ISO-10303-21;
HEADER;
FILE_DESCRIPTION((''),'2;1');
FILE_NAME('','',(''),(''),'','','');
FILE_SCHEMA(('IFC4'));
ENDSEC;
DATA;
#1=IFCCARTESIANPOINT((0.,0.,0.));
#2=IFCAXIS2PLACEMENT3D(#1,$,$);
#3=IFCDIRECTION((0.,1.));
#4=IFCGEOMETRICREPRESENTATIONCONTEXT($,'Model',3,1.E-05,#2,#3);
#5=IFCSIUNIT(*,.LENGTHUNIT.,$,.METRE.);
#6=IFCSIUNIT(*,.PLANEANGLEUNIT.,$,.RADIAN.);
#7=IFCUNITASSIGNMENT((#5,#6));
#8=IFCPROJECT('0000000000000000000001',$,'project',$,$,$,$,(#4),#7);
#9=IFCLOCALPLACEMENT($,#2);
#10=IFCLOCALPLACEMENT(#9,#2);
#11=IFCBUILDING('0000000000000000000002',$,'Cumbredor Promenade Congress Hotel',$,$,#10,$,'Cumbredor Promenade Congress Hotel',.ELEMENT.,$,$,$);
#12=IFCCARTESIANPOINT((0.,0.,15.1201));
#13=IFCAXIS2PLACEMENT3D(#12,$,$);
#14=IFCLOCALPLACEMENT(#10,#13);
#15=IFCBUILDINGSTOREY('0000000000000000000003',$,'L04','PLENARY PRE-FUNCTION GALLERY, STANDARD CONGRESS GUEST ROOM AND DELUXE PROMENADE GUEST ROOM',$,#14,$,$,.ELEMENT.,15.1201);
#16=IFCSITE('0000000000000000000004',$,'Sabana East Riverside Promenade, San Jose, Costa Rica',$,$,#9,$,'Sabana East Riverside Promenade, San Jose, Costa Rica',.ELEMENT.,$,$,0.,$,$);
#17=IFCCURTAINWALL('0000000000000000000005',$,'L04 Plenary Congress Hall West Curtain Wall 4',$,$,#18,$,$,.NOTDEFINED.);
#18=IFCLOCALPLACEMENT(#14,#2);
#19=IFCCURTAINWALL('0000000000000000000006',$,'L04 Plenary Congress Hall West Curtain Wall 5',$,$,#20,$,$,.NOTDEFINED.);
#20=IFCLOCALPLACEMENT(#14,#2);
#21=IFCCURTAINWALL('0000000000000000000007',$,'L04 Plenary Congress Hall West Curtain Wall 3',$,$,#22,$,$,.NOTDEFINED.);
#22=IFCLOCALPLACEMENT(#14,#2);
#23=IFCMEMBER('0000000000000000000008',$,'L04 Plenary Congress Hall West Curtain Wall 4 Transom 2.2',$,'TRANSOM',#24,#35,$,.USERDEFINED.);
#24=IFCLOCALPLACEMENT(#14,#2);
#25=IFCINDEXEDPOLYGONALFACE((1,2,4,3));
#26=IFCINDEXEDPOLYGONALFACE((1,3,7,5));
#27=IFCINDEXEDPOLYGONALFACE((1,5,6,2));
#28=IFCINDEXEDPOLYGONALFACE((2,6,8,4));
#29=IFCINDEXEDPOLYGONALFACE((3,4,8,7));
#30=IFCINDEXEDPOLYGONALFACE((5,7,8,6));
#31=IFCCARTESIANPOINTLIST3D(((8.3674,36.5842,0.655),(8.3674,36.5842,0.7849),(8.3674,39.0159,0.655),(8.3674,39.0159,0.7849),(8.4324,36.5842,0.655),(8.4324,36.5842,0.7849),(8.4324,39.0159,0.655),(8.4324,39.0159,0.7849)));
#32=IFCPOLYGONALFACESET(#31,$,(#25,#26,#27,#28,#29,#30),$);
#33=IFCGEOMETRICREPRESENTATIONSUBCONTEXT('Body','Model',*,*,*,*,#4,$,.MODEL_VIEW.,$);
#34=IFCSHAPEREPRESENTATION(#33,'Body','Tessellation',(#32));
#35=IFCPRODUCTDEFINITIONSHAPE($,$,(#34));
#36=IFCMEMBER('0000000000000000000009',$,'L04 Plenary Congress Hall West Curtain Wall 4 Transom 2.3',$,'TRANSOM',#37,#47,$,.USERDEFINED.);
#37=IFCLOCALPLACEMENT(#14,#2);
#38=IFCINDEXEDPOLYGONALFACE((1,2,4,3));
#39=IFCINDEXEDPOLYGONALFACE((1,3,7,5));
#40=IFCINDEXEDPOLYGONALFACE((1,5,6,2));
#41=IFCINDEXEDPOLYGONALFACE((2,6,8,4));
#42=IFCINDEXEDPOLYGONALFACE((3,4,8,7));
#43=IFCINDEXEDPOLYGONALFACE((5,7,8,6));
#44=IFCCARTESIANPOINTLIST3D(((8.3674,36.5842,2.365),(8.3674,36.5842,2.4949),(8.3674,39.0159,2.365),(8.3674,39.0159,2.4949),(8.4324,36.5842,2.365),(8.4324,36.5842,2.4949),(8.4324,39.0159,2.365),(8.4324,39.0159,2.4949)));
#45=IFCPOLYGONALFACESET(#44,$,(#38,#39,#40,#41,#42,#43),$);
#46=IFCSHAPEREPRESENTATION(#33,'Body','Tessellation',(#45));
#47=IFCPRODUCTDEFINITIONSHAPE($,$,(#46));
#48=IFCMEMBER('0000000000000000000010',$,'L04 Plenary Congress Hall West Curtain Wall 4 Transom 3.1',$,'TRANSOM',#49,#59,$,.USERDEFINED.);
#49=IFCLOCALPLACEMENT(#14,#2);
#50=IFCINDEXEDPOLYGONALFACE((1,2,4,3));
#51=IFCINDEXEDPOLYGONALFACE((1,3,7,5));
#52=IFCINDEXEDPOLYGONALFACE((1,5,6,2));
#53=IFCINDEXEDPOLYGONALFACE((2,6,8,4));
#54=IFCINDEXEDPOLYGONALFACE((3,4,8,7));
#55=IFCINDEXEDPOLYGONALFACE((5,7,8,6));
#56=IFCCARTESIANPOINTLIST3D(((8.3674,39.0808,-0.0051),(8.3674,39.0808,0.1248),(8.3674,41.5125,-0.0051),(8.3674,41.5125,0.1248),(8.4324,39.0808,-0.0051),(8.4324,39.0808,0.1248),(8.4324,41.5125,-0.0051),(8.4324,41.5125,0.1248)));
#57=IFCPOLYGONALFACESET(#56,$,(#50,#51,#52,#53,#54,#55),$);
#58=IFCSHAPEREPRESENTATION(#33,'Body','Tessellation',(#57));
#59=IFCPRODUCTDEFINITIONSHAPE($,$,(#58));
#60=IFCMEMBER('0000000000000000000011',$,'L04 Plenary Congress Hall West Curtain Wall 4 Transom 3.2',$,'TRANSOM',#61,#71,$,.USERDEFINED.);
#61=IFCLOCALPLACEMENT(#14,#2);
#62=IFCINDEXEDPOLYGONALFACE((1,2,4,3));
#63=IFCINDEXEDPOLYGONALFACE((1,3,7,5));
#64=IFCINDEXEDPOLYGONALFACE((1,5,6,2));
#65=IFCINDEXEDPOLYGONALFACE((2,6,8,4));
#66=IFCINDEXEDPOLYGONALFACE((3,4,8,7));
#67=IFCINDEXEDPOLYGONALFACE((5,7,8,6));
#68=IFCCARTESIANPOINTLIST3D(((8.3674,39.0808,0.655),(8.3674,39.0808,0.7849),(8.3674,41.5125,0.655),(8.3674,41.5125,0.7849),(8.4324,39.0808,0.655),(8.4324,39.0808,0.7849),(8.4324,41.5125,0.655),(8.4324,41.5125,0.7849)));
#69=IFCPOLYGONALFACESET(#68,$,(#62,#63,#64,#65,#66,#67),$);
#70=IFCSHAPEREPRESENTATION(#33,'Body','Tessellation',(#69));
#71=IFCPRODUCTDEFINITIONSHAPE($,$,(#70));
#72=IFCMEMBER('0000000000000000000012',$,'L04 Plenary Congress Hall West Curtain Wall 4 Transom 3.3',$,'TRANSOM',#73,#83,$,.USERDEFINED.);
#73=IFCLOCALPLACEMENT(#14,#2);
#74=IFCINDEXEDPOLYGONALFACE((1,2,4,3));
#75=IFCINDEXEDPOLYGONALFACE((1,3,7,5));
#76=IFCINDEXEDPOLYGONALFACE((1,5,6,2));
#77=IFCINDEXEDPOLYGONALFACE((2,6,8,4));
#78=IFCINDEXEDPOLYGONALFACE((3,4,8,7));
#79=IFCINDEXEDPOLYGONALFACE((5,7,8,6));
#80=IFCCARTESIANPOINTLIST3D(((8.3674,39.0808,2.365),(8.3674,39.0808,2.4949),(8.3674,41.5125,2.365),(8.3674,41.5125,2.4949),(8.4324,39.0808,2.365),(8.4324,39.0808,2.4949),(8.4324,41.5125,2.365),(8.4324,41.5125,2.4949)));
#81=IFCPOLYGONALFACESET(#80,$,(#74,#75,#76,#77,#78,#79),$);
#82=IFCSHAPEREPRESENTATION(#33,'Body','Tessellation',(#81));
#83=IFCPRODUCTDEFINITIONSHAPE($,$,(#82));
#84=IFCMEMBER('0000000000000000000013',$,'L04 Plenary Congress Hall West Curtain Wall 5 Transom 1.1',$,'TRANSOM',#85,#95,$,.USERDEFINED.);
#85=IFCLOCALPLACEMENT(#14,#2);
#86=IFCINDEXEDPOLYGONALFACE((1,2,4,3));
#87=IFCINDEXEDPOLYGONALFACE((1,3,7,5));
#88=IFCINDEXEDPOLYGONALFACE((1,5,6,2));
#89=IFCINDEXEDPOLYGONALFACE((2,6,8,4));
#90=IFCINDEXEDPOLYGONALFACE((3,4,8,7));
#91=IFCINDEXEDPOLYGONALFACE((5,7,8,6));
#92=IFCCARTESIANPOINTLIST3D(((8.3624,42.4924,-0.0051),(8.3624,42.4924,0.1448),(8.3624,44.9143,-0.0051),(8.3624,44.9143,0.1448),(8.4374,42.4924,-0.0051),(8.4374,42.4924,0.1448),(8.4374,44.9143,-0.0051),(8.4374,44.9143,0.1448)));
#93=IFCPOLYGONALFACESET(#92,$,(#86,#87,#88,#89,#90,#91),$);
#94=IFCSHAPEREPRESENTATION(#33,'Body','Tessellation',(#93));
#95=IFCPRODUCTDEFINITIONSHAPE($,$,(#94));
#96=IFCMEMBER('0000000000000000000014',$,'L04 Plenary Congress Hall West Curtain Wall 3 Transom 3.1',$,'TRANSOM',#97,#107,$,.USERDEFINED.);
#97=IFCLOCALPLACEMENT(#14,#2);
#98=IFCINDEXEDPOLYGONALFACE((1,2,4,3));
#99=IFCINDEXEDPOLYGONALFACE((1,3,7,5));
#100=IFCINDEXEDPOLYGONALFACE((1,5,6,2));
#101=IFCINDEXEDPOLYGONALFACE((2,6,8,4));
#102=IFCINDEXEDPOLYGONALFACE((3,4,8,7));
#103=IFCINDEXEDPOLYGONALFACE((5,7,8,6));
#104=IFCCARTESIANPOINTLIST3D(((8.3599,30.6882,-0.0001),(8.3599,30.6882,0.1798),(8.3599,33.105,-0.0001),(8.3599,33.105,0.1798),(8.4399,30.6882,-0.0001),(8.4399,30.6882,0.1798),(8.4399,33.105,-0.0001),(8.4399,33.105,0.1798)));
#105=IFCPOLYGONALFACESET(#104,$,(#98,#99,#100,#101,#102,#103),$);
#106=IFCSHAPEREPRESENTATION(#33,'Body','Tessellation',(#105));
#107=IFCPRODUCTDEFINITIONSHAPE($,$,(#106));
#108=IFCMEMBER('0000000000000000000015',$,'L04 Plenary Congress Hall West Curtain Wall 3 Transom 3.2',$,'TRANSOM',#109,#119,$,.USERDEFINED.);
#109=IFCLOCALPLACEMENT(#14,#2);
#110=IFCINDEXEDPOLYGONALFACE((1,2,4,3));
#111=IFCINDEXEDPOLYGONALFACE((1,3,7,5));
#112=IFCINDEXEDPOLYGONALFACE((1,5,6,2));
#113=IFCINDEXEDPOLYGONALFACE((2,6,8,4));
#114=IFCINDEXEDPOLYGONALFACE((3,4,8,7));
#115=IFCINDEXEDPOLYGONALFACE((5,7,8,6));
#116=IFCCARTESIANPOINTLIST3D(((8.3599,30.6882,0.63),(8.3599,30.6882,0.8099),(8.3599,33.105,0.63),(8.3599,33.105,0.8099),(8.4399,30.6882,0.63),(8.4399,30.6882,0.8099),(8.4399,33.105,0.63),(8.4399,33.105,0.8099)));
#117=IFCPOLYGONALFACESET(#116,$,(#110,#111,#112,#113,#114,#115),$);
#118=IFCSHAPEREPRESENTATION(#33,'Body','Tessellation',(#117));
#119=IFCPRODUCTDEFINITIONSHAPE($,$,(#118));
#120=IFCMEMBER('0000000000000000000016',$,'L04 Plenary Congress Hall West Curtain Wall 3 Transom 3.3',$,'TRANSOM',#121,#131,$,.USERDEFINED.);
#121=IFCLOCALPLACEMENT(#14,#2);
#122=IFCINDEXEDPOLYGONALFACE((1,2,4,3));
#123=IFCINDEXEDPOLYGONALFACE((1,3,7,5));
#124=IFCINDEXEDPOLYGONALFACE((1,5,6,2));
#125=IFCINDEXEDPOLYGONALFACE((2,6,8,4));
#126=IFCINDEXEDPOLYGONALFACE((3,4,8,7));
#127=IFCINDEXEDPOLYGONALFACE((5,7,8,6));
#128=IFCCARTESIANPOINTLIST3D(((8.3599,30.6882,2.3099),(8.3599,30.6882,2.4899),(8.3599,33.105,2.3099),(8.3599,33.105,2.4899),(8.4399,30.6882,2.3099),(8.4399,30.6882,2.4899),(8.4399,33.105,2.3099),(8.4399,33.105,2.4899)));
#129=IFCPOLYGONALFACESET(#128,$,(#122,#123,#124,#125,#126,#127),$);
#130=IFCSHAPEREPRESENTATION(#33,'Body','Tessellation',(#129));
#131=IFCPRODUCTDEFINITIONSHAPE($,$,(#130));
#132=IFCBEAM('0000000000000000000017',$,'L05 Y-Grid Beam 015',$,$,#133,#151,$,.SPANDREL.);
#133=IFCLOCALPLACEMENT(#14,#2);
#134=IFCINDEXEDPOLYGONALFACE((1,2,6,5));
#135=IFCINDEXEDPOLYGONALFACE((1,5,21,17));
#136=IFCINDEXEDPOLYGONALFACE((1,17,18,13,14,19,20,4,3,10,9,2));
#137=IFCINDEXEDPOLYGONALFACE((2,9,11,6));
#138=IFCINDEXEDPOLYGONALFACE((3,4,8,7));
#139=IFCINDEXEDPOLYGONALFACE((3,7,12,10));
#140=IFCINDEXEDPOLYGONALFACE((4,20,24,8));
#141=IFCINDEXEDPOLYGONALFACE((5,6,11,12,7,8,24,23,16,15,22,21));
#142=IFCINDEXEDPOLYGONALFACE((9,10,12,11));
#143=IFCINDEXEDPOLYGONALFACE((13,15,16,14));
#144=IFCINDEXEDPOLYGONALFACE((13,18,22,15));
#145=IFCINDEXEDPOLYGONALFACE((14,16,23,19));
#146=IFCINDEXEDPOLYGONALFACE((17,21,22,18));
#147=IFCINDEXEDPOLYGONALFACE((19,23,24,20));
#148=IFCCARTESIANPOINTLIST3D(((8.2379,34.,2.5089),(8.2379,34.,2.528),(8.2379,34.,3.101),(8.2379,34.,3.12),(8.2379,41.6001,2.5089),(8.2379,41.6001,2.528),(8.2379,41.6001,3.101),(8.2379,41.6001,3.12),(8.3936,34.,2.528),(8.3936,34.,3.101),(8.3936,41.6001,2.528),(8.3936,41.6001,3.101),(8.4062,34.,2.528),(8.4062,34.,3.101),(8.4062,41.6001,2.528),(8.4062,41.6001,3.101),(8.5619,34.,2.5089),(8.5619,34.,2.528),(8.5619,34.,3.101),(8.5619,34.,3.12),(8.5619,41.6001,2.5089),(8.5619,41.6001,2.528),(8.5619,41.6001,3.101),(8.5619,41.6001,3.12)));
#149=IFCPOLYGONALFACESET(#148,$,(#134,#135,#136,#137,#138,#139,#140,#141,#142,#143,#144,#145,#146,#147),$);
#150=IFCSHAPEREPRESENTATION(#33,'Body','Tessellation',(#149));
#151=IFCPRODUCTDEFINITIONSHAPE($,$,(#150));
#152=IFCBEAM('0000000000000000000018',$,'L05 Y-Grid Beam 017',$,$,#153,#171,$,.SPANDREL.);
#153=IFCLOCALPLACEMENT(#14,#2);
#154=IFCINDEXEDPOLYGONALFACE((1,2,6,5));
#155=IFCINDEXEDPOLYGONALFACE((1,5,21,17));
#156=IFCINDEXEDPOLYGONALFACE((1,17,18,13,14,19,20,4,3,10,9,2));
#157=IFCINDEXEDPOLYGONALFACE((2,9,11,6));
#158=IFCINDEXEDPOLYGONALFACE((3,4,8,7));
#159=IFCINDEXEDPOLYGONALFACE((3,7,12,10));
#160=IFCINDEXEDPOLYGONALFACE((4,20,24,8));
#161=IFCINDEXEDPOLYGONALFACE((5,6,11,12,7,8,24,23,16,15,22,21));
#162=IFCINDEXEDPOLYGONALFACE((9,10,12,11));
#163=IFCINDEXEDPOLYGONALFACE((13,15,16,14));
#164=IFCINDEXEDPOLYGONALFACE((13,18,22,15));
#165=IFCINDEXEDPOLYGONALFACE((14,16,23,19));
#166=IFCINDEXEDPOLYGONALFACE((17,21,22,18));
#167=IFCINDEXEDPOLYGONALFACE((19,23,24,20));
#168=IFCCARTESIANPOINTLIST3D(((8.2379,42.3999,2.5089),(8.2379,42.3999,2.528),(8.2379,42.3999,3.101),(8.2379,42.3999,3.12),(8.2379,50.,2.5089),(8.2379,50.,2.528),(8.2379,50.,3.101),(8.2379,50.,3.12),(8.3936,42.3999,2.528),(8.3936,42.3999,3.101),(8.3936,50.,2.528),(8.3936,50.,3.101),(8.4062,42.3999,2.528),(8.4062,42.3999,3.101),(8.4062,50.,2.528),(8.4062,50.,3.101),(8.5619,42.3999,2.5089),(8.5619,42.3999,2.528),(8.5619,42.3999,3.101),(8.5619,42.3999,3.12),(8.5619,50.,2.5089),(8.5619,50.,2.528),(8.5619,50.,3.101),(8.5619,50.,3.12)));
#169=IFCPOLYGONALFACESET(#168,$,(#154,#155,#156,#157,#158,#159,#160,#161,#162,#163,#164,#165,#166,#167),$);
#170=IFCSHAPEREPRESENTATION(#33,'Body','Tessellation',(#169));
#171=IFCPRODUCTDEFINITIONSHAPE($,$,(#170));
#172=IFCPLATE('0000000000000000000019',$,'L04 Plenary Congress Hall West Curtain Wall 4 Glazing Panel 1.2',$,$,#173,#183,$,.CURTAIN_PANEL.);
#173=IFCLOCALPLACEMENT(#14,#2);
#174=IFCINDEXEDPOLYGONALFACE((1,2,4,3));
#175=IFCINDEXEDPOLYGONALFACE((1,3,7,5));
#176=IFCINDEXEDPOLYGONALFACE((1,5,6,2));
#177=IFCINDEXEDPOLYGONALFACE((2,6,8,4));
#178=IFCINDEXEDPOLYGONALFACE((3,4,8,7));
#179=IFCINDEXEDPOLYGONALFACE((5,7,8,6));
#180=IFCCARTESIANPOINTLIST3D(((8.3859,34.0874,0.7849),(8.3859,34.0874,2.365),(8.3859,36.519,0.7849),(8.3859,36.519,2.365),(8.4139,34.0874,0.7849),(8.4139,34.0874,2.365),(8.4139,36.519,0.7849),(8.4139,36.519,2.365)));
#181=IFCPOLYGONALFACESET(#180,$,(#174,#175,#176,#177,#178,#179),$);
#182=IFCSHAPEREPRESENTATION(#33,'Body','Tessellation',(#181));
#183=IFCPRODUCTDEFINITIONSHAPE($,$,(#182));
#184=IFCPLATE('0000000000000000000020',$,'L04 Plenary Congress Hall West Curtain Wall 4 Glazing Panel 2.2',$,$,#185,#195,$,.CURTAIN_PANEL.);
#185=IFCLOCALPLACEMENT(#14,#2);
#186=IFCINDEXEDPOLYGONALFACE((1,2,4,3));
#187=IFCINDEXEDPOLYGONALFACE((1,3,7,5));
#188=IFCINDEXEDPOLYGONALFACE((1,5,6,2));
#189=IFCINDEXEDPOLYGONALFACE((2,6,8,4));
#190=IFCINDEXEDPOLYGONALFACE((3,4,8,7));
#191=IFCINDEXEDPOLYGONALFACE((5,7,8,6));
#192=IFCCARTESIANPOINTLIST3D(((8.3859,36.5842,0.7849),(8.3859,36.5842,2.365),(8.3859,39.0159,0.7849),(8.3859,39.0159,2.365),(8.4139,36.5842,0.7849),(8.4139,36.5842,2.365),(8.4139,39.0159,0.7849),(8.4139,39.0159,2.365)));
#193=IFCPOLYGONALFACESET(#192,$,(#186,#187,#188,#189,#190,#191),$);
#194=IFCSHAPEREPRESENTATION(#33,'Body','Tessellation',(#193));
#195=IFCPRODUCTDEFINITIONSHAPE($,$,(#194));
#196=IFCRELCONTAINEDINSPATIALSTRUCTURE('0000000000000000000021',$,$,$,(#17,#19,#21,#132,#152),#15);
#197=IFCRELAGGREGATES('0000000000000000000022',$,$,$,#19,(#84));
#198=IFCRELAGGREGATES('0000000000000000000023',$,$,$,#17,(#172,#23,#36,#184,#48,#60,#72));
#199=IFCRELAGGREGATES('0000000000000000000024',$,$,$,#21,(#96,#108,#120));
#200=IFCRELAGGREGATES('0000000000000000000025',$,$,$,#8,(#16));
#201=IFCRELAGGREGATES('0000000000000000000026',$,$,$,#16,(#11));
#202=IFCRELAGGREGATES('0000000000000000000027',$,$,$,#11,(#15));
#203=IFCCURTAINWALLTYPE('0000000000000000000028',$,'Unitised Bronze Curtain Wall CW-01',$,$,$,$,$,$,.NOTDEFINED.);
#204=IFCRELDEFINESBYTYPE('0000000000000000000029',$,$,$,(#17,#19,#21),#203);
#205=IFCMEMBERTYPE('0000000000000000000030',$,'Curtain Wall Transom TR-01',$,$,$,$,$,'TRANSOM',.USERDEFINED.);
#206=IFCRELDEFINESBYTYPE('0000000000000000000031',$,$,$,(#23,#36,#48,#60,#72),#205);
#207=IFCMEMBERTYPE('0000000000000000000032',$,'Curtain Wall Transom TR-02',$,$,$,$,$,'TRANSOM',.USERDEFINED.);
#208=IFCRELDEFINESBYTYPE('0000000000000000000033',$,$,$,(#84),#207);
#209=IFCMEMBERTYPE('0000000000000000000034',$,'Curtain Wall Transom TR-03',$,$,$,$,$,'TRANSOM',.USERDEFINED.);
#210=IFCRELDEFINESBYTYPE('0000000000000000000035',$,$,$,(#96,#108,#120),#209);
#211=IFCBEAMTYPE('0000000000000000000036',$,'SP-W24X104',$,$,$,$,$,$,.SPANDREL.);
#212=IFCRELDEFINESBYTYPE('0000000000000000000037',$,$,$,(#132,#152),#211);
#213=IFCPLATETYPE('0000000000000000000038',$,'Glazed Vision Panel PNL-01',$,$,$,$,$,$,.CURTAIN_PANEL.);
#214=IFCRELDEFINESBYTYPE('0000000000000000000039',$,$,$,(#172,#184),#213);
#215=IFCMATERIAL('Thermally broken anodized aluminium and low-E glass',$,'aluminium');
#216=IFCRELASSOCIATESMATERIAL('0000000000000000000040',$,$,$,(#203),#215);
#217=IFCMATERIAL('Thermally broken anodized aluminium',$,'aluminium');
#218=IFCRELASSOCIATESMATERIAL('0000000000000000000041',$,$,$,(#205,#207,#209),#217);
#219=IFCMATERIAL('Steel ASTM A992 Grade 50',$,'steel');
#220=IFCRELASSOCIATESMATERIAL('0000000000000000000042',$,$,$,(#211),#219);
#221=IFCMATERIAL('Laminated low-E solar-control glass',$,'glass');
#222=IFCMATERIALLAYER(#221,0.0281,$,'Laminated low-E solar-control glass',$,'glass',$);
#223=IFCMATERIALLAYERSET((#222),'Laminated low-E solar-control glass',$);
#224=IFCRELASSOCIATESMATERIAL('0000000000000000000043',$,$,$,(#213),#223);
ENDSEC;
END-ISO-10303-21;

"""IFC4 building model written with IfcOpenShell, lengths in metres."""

from ifc_helpers import new_model, si_unit, direction, frame, origin, origin_2d, place, context, subcontext, project, spatial, rectangle, i_section, extrude, material, layer, layer_set, material_profile, profile_set, type_object, element, aggregate, save


model = new_model("IFC4")

# Units and contexts
model_context = context("Model", 3, precision=1e-05, world=origin(), true_north=direction((0.0, 1.0)))
body_context = subcontext(model_context, "Body", "Model", "MODEL_VIEW")
ifc_project = project(units=[si_unit("LENGTHUNIT", "METRE"), si_unit("PLANEANGLEUNIT", "RADIAN")], contexts=[model_context])

# Site, building, storey
site_placement = place(None, origin())
site = spatial("IfcSite", under=ifc_project, at=site_placement, Name="Sabana East Riverside Promenade, San Jose, Costa Rica", LongName="Sabana East Riverside Promenade, San Jose, Costa Rica", CompositionType="ELEMENT", RefElevation=0.0)
building_placement = place(site_placement, origin())
building = spatial("IfcBuilding", under=site, at=building_placement, Name="Cumbredor Promenade Congress Hotel", LongName="Cumbredor Promenade Congress Hotel", CompositionType="ELEMENT")
storey_placement = place(building_placement, frame((0.0, 0.0, 15.1201)))
storey = spatial("IfcBuildingStorey", under=building, at=storey_placement, Name="L04", Description="PLENARY PRE-FUNCTION GALLERY, STANDARD CONGRESS GUEST ROOM AND DELUXE PROMENADE GUEST ROOM", CompositionType="ELEMENT", Elevation=15.1201)

# Curtain wall
ifc_material_1 = material(Name="Thermally broken anodized aluminium and low-E glass", Category="aluminium")
curtain_wall_type = type_object("IfcCurtainWallType", Name="Unitised Bronze Curtain Wall CW-01", PredefinedType="NOTDEFINED", material=ifc_material_1)
curtain_wall_1_placement = place(storey_placement, origin())
curtain_wall_1 = element("IfcCurtainWall", 1, at=curtain_wall_1_placement, inside=storey, type_object=curtain_wall_type, Name="L04 Plenary Congress Hall West Curtain Wall 4", PredefinedType="NOTDEFINED")
ifc_material_2 = material(Name="Thermally broken anodized aluminium", Category="aluminium")

# Curtain wall
curtain_wall_2_placement = place(storey_placement, origin())
curtain_wall_2 = element("IfcCurtainWall", 2, at=curtain_wall_2_placement, inside=storey, type_object=curtain_wall_type, Name="L04 Plenary Congress Hall West Curtain Wall 5", PredefinedType="NOTDEFINED")

# Curtain wall
curtain_wall_3_placement = place(storey_placement, origin())
curtain_wall_3 = element("IfcCurtainWall", 3, at=curtain_wall_3_placement, inside=storey, type_object=curtain_wall_type, Name="L04 Plenary Congress Hall West Curtain Wall 3", PredefinedType="NOTDEFINED")

# Members
ifc_material_profile_1 = material_profile(ifc_material_2, rectangle(XDim=0.0649, YDim=0.1299, at=origin_2d()), Name="ALU TRANSOM 65x130")
ifc_profile_set_1 = profile_set([ifc_material_profile_1], Name="Thermally broken anodized aluminium")
member_type_1 = type_object("IfcMemberType", Name="Curtain Wall Transom TR-01", ElementType="TRANSOM", PredefinedType="USERDEFINED", material=ifc_profile_set_1)
member_1_placement = place(storey_placement, frame((8.3999, 36.5842, 0.72), z_axis=(0.0, 1.0, 0.0), x_axis=(-1.0, 0.0, 0.0)))
member_1 = element("IfcMember", 4, at=member_1_placement, type_object=member_type_1, Name="L04 Plenary Congress Hall West Curtain Wall 4 Transom 2.2", ObjectType="TRANSOM", PredefinedType="USERDEFINED", context=body_context, shape_type="SweptSolid", body=[
    extrude(rectangle(XDim=0.0649, YDim=0.1299, at=origin_2d()), origin(), (0.0, 0.0, 1.0), 2.4316),
])
member_2_placement = place(storey_placement, frame((8.3999, 36.5842, 2.4299), z_axis=(0.0, 1.0, 0.0), x_axis=(-1.0, 0.0, 0.0)))
member_2 = element("IfcMember", 5, at=member_2_placement, type_object=member_type_1, Name="L04 Plenary Congress Hall West Curtain Wall 4 Transom 2.3", ObjectType="TRANSOM", PredefinedType="USERDEFINED", context=body_context, shape_type="SweptSolid", body=[
    extrude(rectangle(XDim=0.0649, YDim=0.1299, at=origin_2d()), origin(), (0.0, 0.0, 1.0), 2.4316),
])
member_3_placement = place(storey_placement, frame((8.3999, 39.0808, 0.0598), z_axis=(0.0, 1.0, 0.0), x_axis=(-1.0, 0.0, 0.0)))
member_3 = element("IfcMember", 6, at=member_3_placement, type_object=member_type_1, Name="L04 Plenary Congress Hall West Curtain Wall 4 Transom 3.1", ObjectType="TRANSOM", PredefinedType="USERDEFINED", context=body_context, shape_type="SweptSolid", body=[
    extrude(rectangle(XDim=0.0649, YDim=0.1299, at=origin_2d()), origin(), (0.0, 0.0, 1.0), 2.4316),
])
member_4_placement = place(storey_placement, frame((8.3999, 39.0808, 0.72), z_axis=(0.0, 1.0, 0.0), x_axis=(-1.0, 0.0, 0.0)))
member_4 = element("IfcMember", 7, at=member_4_placement, type_object=member_type_1, Name="L04 Plenary Congress Hall West Curtain Wall 4 Transom 3.2", ObjectType="TRANSOM", PredefinedType="USERDEFINED", context=body_context, shape_type="SweptSolid", body=[
    extrude(rectangle(XDim=0.0649, YDim=0.1299, at=origin_2d()), origin(), (0.0, 0.0, 1.0), 2.4316),
])
member_5_placement = place(storey_placement, frame((8.3999, 39.0808, 2.4299), z_axis=(0.0, 1.0, 0.0), x_axis=(-1.0, 0.0, 0.0)))
member_5 = element("IfcMember", 8, at=member_5_placement, type_object=member_type_1, Name="L04 Plenary Congress Hall West Curtain Wall 4 Transom 3.3", ObjectType="TRANSOM", PredefinedType="USERDEFINED", context=body_context, shape_type="SweptSolid", body=[
    extrude(rectangle(XDim=0.0649, YDim=0.1299, at=origin_2d()), origin(), (0.0, 0.0, 1.0), 2.4316),
])
ifc_material_profile_2 = material_profile(ifc_material_2, rectangle(XDim=0.075, YDim=0.1499, at=origin_2d()), Name="ALU TRANSOM 75x150")
ifc_profile_set_2 = profile_set([ifc_material_profile_2], Name="Thermally broken anodized aluminium")
member_type_2 = type_object("IfcMemberType", Name="Curtain Wall Transom TR-02", ElementType="TRANSOM", PredefinedType="USERDEFINED", material=ifc_profile_set_2)
member_6_placement = place(storey_placement, frame((8.3999, 42.4924, 0.0698), z_axis=(0.0, 1.0, 0.0), x_axis=(-1.0, 0.0, 0.0)))
member_6 = element("IfcMember", 9, at=member_6_placement, type_object=member_type_2, Name="L04 Plenary Congress Hall West Curtain Wall 5 Transom 1.1", ObjectType="TRANSOM", PredefinedType="USERDEFINED", context=body_context, shape_type="SweptSolid", body=[
    extrude(rectangle(XDim=0.075, YDim=0.1499, at=origin_2d()), origin(), (0.0, 0.0, 1.0), 2.4219),
])
aggregate(curtain_wall_2, [member_6])
ifc_material_profile_3 = material_profile(ifc_material_2, rectangle(XDim=0.0801, YDim=0.1799, at=origin_2d()), Name="ALU TRANSOM 80x180")
ifc_profile_set_3 = profile_set([ifc_material_profile_3], Name="Thermally broken anodized aluminium")
member_type_3 = type_object("IfcMemberType", Name="Curtain Wall Transom TR-03", ElementType="TRANSOM", PredefinedType="USERDEFINED", material=ifc_profile_set_3)
member_7_placement = place(storey_placement, frame((8.3999, 30.6882, 0.0898), z_axis=(0.0, 1.0, 0.0), x_axis=(-1.0, 0.0, 0.0)))
member_7 = element("IfcMember", 10, at=member_7_placement, type_object=member_type_3, Name="L04 Plenary Congress Hall West Curtain Wall 3 Transom 3.1", ObjectType="TRANSOM", PredefinedType="USERDEFINED", context=body_context, shape_type="SweptSolid", body=[
    extrude(rectangle(XDim=0.0801, YDim=0.1799, at=origin_2d()), origin(), (0.0, 0.0, 1.0), 2.4167),
])
member_8_placement = place(storey_placement, frame((8.3999, 30.6882, 0.72), z_axis=(0.0, 1.0, 0.0), x_axis=(-1.0, 0.0, 0.0)))
member_8 = element("IfcMember", 11, at=member_8_placement, type_object=member_type_3, Name="L04 Plenary Congress Hall West Curtain Wall 3 Transom 3.2", ObjectType="TRANSOM", PredefinedType="USERDEFINED", context=body_context, shape_type="SweptSolid", body=[
    extrude(rectangle(XDim=0.0801, YDim=0.1799, at=origin_2d()), origin(), (0.0, 0.0, 1.0), 2.4167),
])
member_9_placement = place(storey_placement, frame((8.3999, 30.6882, 2.3999), z_axis=(0.0, 1.0, 0.0), x_axis=(-1.0, 0.0, 0.0)))
member_9 = element("IfcMember", 12, at=member_9_placement, type_object=member_type_3, Name="L04 Plenary Congress Hall West Curtain Wall 3 Transom 3.3", ObjectType="TRANSOM", PredefinedType="USERDEFINED", context=body_context, shape_type="SweptSolid", body=[
    extrude(rectangle(XDim=0.0801, YDim=0.1799, at=origin_2d()), origin(), (0.0, 0.0, 1.0), 2.4167),
])

# Beams
ifc_material_3 = material(Name="Steel ASTM A992 Grade 50", Category="steel")
ifc_material_profile_4 = material_profile(ifc_material_3, i_section(OverallWidth=0.324, OverallDepth=0.6111, WebThickness=0.0127, FlangeThickness=0.019, at=origin_2d()), Name="W24X104")
ifc_profile_set_4 = profile_set([ifc_material_profile_4], Name="Steel ASTM A992 Grade 50")
beam_type_1 = type_object("IfcBeamType", Name="SP-W24X104", PredefinedType="SPANDREL", material=ifc_profile_set_4)
for number, where, z_axis, x_axis, name in (
    (13, (8.3999, 34.0, 2.8145), (0.0, 1.0, 0.0), (-1.0, 0.0, 0.0), "L05 Y-Grid Beam 015"),
    (14, (8.3999, 42.3999, 2.8145), (0.0, 1.0, 0.0), (-1.0, 0.0, 0.0), "L05 Y-Grid Beam 017"),
):
    element("IfcBeam", number, at=place(storey_placement, frame(where, z_axis=z_axis, x_axis=x_axis)), inside=storey, type_object=beam_type_1, Name=name, PredefinedType="SPANDREL", context=body_context, shape_type="SweptSolid", body=[
        extrude(i_section(OverallWidth=0.324, OverallDepth=0.6111, WebThickness=0.0127, FlangeThickness=0.019, at=origin_2d()), origin(), (0.0, 0.0, 1.0), 7.6001),
    ])

# Plates
ifc_material_4 = material(Name="Laminated low-E solar-control glass", Category="glass")
ifc_layer_1 = layer(ifc_material_4, 0.0281, Name="Laminated low-E solar-control glass", Category="glass")
ifc_layer_set_1 = layer_set([ifc_layer_1], Name="Laminated low-E solar-control glass")
plate_type_1 = type_object("IfcPlateType", Name="Glazed Vision Panel PNL-01", PredefinedType="CURTAIN_PANEL", material=ifc_layer_set_1)
plate_1_placement = place(storey_placement, frame((8.3999, 35.3032, 0.7849), z_axis=(0.0, 0.0, 1.0), x_axis=(0.0, 1.0, 0.0)))
plate_1 = element("IfcPlate", 15, at=plate_1_placement, type_object=plate_type_1, Name="L04 Plenary Congress Hall West Curtain Wall 4 Glazing Panel 1.2", PredefinedType="CURTAIN_PANEL", context=body_context, shape_type="SweptSolid", body=[
    extrude(rectangle(XDim=2.4316, YDim=0.0281, at=origin_2d()), origin(), (0.0, 0.0, 1.0), 1.5801),
])
plate_2_placement = place(storey_placement, frame((8.3999, 37.8, 0.7849), z_axis=(0.0, 0.0, 1.0), x_axis=(0.0, 1.0, 0.0)))
plate_2 = element("IfcPlate", 16, at=plate_2_placement, type_object=plate_type_1, Name="L04 Plenary Congress Hall West Curtain Wall 4 Glazing Panel 2.2", PredefinedType="CURTAIN_PANEL", context=body_context, shape_type="SweptSolid", body=[
    extrude(rectangle(XDim=2.4316, YDim=0.0281, at=origin_2d()), origin(), (0.0, 0.0, 1.0), 1.5801),
])
aggregate(curtain_wall_1, [plate_1, member_1, member_2, plate_2, member_3, member_4, member_5])
aggregate(curtain_wall_3, [member_7, member_8, member_9])

save(model, "model.ifc")
